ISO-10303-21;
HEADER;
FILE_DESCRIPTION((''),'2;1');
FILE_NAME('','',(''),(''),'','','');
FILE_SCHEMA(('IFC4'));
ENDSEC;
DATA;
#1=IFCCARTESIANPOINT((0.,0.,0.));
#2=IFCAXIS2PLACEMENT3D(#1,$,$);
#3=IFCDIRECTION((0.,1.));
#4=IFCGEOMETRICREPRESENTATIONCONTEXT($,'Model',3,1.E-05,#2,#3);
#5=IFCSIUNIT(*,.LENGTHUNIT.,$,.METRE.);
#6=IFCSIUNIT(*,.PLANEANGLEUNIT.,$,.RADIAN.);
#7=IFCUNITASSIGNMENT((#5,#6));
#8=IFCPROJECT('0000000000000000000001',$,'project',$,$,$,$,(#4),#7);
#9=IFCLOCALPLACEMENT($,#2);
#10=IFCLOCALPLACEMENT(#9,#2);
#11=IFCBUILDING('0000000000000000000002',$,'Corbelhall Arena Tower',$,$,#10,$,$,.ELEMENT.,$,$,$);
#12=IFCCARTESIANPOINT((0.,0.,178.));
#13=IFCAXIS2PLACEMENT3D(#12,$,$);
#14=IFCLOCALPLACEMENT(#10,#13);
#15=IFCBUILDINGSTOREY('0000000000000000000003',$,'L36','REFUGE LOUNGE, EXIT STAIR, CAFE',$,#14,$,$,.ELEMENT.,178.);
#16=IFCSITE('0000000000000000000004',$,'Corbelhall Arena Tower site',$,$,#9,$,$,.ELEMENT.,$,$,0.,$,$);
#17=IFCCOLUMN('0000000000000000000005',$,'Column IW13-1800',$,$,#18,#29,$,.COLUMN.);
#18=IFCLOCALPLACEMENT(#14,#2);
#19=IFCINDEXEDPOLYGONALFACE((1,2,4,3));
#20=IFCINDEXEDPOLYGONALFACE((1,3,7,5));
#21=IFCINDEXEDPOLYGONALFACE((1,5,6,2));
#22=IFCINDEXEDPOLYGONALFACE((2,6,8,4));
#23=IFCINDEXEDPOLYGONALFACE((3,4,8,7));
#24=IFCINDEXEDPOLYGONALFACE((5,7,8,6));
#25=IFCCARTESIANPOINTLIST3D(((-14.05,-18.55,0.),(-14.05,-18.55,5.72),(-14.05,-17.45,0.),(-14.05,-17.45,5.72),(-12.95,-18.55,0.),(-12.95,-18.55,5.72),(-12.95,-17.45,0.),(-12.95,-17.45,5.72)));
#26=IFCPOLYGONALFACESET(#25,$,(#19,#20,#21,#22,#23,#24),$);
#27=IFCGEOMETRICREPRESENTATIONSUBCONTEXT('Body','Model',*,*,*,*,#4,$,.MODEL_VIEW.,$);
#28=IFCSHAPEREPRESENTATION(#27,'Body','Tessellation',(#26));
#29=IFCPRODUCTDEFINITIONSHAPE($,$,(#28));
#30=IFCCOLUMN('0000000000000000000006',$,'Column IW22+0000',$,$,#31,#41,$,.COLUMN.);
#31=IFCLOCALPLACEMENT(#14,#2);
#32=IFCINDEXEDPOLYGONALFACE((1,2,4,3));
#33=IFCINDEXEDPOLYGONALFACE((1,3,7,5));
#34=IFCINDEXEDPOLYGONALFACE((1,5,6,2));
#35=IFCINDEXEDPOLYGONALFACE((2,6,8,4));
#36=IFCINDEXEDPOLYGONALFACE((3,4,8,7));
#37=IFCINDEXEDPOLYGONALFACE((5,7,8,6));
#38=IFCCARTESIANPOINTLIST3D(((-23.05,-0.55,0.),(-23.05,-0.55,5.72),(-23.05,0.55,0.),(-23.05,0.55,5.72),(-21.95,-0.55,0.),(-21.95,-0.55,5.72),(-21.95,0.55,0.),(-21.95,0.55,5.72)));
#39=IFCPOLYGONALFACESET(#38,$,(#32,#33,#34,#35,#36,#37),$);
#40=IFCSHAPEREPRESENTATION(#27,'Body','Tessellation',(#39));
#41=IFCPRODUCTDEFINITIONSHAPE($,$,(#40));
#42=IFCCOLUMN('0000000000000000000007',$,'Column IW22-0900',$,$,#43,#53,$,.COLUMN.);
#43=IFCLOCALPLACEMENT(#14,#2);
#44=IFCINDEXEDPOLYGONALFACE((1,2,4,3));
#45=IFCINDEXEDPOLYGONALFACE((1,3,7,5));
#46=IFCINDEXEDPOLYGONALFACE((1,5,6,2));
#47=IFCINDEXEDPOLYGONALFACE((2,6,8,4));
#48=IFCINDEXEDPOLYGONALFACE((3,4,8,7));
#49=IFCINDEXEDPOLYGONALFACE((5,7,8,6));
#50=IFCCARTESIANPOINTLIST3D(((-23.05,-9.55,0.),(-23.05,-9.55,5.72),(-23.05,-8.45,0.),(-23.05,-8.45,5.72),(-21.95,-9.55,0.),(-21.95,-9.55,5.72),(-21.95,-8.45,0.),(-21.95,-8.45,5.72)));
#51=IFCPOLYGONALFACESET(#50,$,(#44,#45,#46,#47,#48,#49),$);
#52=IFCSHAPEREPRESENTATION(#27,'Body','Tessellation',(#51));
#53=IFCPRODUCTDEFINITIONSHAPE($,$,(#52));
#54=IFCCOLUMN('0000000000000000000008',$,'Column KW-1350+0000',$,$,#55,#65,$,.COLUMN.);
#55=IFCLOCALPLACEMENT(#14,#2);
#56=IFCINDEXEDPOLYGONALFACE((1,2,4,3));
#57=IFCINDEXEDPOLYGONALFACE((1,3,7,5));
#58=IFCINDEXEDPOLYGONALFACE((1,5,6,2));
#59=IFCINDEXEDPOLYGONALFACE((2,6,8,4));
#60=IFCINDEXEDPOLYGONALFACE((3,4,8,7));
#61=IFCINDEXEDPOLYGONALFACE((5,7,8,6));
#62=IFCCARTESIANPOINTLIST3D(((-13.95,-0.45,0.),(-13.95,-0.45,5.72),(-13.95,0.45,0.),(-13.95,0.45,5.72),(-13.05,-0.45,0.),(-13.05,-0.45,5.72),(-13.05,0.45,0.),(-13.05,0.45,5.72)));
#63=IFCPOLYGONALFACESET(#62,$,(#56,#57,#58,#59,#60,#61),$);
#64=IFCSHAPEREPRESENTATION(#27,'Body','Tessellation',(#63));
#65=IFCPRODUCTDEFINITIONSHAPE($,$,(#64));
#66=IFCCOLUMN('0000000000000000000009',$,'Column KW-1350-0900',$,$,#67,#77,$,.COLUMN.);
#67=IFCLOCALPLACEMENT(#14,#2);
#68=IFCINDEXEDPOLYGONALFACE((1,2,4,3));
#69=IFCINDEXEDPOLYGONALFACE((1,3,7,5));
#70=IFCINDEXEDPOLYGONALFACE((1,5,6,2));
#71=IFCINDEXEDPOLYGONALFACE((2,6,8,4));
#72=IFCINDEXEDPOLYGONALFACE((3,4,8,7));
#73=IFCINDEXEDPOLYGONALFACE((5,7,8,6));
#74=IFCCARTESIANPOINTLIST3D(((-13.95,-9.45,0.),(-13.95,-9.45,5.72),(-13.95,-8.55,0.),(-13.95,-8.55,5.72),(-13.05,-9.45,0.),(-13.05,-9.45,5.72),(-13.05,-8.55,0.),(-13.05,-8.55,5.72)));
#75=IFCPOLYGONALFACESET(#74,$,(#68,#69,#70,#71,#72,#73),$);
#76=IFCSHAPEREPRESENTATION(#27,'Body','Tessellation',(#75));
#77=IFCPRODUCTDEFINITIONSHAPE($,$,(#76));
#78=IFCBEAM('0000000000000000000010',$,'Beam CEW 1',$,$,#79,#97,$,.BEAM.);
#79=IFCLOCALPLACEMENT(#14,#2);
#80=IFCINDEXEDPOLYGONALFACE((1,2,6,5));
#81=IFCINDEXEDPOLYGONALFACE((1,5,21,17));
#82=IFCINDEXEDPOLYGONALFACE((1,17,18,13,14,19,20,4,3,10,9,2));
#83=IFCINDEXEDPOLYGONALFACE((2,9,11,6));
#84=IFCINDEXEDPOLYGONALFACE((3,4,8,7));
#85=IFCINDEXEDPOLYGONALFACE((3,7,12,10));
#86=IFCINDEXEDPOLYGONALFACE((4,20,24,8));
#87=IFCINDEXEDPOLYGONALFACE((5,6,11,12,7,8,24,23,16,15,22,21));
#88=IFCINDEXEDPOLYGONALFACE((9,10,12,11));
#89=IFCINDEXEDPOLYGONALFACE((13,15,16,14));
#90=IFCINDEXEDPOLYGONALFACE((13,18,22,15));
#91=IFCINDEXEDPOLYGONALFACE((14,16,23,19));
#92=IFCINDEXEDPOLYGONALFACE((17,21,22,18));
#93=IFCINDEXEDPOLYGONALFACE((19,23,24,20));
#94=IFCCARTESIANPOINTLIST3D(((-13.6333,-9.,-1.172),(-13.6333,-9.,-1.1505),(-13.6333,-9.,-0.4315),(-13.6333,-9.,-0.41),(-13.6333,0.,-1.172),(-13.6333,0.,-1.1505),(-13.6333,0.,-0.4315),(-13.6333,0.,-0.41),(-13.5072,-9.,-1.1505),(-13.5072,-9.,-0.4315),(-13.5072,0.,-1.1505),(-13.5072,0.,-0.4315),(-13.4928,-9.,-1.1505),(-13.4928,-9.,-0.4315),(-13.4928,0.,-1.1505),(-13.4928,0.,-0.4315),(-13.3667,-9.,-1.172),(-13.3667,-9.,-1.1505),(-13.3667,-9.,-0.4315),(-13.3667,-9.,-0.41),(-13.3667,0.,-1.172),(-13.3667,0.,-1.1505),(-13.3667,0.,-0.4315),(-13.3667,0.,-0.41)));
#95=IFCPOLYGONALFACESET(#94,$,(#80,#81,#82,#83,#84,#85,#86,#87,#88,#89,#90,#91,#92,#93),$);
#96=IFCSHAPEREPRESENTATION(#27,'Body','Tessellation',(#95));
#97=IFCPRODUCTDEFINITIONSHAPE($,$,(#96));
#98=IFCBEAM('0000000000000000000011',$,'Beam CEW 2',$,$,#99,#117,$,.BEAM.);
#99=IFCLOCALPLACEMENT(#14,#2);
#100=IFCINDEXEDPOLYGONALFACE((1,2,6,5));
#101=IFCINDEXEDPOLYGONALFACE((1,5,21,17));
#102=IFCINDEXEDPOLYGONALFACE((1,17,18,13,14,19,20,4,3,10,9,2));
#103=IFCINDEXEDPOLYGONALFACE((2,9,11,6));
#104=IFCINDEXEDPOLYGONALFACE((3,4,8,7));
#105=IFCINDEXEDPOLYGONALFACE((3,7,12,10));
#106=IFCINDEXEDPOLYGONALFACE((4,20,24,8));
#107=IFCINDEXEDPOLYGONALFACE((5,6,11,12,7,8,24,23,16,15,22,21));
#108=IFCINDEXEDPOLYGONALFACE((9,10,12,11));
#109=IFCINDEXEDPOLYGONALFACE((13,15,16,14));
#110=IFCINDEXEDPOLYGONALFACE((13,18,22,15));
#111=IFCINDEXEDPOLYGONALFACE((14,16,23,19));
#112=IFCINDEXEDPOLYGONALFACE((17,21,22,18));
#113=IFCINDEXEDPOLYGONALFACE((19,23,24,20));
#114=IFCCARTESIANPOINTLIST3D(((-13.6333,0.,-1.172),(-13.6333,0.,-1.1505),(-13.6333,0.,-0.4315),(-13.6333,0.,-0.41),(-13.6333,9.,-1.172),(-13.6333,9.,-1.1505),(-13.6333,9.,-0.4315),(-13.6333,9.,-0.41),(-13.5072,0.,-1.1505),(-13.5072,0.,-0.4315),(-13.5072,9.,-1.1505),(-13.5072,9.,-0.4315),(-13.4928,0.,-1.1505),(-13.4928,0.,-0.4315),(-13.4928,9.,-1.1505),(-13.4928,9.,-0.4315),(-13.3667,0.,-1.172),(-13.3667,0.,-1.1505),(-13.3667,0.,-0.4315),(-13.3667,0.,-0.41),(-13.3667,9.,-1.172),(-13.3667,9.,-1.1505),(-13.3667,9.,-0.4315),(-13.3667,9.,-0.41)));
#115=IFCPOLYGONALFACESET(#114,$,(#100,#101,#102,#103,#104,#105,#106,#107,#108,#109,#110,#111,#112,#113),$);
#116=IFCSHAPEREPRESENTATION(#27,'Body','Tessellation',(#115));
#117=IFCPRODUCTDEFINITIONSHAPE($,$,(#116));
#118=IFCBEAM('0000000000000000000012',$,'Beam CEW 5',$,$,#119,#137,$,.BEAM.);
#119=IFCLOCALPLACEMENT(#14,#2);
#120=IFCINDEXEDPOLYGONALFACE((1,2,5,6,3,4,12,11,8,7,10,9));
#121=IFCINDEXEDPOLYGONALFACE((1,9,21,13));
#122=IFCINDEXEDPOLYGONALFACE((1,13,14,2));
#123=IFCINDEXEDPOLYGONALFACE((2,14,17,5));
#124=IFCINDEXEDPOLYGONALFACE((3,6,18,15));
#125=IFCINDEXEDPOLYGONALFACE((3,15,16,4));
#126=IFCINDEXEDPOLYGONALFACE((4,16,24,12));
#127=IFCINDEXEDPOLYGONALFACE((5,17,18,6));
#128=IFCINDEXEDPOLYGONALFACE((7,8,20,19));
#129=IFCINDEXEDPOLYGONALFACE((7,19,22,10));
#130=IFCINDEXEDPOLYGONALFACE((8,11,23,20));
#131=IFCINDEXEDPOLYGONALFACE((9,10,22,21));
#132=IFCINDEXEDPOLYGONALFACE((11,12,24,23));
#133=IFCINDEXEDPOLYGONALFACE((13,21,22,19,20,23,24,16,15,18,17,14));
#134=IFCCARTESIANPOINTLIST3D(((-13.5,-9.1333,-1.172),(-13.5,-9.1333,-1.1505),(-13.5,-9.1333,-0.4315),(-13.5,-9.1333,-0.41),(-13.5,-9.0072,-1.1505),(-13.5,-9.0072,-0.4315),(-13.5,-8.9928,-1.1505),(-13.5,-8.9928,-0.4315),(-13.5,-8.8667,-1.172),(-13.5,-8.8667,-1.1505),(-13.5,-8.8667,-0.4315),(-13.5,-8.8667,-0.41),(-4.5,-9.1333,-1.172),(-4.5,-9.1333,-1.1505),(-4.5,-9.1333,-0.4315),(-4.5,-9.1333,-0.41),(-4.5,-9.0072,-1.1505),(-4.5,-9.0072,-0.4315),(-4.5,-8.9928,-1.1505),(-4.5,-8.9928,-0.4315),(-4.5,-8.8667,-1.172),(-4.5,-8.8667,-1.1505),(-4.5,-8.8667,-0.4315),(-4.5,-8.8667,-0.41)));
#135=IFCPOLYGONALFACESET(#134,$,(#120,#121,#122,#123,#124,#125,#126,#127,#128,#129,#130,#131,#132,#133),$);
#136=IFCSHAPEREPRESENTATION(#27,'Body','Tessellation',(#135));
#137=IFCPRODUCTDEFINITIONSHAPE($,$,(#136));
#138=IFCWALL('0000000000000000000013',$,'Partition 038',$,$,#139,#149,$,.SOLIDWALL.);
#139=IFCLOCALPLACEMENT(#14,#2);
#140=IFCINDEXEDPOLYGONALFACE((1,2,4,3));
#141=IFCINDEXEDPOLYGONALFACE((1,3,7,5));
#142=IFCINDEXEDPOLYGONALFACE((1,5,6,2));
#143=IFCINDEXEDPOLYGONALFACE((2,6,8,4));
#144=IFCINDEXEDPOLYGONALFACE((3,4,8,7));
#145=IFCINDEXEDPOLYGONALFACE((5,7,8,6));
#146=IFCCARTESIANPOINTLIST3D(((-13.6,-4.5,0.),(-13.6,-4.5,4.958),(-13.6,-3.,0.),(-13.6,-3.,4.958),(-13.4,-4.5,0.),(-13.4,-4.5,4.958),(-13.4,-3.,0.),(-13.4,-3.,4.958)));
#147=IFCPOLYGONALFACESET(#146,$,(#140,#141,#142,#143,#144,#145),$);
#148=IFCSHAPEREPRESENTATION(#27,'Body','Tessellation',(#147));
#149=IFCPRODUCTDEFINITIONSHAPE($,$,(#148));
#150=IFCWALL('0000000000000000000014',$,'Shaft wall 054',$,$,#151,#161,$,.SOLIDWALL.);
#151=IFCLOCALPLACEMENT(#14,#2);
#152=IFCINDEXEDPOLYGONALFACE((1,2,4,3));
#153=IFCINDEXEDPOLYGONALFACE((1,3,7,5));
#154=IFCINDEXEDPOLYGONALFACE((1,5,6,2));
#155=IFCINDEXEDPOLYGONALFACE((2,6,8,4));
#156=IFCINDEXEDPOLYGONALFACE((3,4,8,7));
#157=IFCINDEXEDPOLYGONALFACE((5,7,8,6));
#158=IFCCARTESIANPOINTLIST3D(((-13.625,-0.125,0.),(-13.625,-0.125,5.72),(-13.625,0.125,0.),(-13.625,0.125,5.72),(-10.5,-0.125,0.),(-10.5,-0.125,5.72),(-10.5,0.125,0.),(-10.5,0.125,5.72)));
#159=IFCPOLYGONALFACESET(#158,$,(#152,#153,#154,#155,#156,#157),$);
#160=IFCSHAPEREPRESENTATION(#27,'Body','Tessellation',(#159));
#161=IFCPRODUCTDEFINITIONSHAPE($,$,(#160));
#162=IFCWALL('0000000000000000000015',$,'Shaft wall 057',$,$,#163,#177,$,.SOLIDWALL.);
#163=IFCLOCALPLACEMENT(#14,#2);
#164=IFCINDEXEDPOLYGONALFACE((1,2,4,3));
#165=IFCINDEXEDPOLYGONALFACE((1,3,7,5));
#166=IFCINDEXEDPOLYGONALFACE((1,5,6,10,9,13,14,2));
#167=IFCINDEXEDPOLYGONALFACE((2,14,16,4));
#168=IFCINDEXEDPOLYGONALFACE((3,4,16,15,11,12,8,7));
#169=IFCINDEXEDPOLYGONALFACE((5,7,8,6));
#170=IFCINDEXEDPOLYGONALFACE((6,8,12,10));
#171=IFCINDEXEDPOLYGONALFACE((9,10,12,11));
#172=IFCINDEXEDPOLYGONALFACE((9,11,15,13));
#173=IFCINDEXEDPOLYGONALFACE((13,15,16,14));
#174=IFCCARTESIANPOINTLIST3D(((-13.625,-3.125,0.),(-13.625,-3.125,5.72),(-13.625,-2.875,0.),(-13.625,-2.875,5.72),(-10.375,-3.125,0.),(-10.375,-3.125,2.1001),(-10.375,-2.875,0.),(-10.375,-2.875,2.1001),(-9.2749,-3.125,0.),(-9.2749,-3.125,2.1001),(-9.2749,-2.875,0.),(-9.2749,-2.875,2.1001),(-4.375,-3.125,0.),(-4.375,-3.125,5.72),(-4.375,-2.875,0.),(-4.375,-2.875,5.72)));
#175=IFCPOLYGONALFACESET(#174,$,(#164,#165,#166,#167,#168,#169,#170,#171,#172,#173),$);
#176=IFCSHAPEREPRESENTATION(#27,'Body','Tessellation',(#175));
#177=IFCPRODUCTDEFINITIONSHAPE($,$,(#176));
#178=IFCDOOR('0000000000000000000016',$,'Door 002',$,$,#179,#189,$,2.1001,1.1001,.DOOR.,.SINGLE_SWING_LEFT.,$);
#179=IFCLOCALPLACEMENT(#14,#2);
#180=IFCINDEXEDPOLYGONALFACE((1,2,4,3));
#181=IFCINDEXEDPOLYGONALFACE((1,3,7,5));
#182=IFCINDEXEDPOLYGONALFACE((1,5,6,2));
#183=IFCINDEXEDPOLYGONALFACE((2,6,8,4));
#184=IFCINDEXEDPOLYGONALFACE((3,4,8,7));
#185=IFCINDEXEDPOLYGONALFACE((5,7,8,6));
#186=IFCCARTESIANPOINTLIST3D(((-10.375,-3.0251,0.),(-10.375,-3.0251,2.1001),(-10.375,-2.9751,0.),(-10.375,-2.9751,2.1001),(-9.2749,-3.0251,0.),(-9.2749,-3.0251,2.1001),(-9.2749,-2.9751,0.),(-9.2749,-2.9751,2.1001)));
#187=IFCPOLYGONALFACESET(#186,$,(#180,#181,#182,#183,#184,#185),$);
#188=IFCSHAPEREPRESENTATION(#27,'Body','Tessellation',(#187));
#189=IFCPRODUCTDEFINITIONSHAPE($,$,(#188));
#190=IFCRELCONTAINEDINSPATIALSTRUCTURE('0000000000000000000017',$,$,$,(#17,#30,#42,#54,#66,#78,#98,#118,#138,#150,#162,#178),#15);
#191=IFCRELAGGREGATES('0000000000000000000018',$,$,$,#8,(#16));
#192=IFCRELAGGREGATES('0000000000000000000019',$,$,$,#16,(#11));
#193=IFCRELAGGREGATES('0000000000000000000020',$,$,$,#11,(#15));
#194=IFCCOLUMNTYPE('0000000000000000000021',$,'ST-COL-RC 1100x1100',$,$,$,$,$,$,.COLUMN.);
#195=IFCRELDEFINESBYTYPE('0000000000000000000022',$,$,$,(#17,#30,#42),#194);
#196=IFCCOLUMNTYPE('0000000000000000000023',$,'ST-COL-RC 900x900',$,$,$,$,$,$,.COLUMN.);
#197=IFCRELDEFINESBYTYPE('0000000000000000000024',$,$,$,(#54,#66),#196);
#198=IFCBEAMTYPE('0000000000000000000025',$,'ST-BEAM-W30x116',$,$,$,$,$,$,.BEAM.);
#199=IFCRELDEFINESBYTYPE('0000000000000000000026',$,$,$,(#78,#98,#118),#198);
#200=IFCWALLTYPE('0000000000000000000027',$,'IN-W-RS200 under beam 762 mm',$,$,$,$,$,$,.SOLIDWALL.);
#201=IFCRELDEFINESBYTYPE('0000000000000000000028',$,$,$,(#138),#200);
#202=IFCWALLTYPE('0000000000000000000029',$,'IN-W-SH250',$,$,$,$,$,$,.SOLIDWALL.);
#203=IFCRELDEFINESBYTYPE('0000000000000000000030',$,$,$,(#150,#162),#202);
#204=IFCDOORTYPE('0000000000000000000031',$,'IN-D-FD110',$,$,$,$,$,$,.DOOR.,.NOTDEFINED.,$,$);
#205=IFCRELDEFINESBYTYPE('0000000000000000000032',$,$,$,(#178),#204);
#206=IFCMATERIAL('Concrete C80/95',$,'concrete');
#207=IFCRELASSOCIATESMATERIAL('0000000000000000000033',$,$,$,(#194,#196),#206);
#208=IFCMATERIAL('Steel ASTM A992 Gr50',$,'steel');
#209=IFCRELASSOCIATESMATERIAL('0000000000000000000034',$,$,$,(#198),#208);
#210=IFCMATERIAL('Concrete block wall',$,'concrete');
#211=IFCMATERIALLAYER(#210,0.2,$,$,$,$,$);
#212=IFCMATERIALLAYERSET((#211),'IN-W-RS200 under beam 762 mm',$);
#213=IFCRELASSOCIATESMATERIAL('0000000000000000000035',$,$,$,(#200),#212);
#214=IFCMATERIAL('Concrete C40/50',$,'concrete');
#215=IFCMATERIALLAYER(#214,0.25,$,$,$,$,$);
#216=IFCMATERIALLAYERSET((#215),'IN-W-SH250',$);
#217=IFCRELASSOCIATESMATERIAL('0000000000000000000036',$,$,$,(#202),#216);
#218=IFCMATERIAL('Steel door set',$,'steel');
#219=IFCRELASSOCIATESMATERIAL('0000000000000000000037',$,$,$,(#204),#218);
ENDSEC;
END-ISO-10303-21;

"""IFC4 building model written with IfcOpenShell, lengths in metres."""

from ifc_helpers import new_model, si_unit, direction, frame, frame_2d, origin, origin_2d, place, context, subcontext, project, spatial, rectangle, i_section, extrude, material, layer, layer_set, material_profile, profile_set, type_object, element, fill, save


model = new_model("IFC4")

# Units and contexts
model_context = context("Model", 3, precision=1e-05, world=origin(), true_north=direction((0.0, 1.0)))
body_context = subcontext(model_context, "Body", "Model", "MODEL_VIEW")
ifc_project = project(units=[si_unit("LENGTHUNIT", "METRE"), si_unit("PLANEANGLEUNIT", "RADIAN")], contexts=[model_context])

# Site, building, storey
site_placement = place(None, origin())
site = spatial("IfcSite", under=ifc_project, at=site_placement, Name="Corbelhall Arena Tower site", CompositionType="ELEMENT", RefElevation=0.0)
building_placement = place(site_placement, origin())
building = spatial("IfcBuilding", under=site, at=building_placement, Name="Corbelhall Arena Tower", CompositionType="ELEMENT")
storey_placement = place(building_placement, frame((0.0, 0.0, 178.0)))
storey = spatial("IfcBuildingStorey", under=building, at=storey_placement, Name="L36", Description="REFUGE LOUNGE, EXIT STAIR, CAFE", CompositionType="ELEMENT", Elevation=178.0)

# Columns
ifc_material_1 = material(Name="Concrete C80/95", Category="concrete")
ifc_material_profile_1 = material_profile(ifc_material_1, rectangle(XDim=1.1001, YDim=1.1001, at=origin_2d()))
ifc_profile_set_1 = profile_set([ifc_material_profile_1], Name="Concrete C80/95")
column_type_1 = type_object("IfcColumnType", Name="ST-COL-RC 1100x1100", PredefinedType="COLUMN", material=ifc_profile_set_1)
for number, where, z_axis, x_axis, name in (
    (1, (-13.5, -18.0, 0.0), (0.0, 0.0, 1.0), (1.0, 0.0, 0.0), "Column IW13-1800"),
    (2, (-22.5, 0.0, 0.0), (0.0, 0.0, 1.0), (1.0, 0.0, 0.0), "Column IW22+0000"),
    (3, (-22.5, -9.0, 0.0), (0.0, 0.0, 1.0), (1.0, 0.0, 0.0), "Column IW22-0900"),
):
    element("IfcColumn", number, at=place(storey_placement, frame(where, z_axis=z_axis, x_axis=x_axis)), inside=storey, type_object=column_type_1, Name=name, PredefinedType="COLUMN", context=body_context, shape_type="SweptSolid", body=[
        extrude(rectangle(XDim=1.1001, YDim=1.1001, at=origin_2d()), origin(), (0.0, 0.0, 1.0), 5.72),
    ])
ifc_material_profile_2 = material_profile(ifc_material_1, rectangle(XDim=0.8999, YDim=0.8999, at=origin_2d()))
ifc_profile_set_2 = profile_set([ifc_material_profile_2], Name="Concrete C80/95")
column_type_2 = type_object("IfcColumnType", Name="ST-COL-RC 900x900", PredefinedType="COLUMN", material=ifc_profile_set_2)
for number, where, z_axis, x_axis, name in (
    (4, (-13.5, 0.0, 0.0), (0.0, 0.0, 1.0), (1.0, 0.0, 0.0), "Column KW-1350+0000"),
    (5, (-13.5, -9.0, 0.0), (0.0, 0.0, 1.0), (1.0, 0.0, 0.0), "Column KW-1350-0900"),
):
    element("IfcColumn", number, at=place(storey_placement, frame(where, z_axis=z_axis, x_axis=x_axis)), inside=storey, type_object=column_type_2, Name=name, PredefinedType="COLUMN", context=body_context, shape_type="SweptSolid", body=[
        extrude(rectangle(XDim=0.8999, YDim=0.8999, at=origin_2d()), origin(), (0.0, 0.0, 1.0), 5.72),
    ])

# Beams
ifc_material_2 = material(Name="Steel ASTM A992 Gr50", Category="steel")
ifc_material_profile_3 = material_profile(ifc_material_2, i_section(OverallWidth=0.2666, OverallDepth=0.762, WebThickness=0.0144, FlangeThickness=0.0215, at=origin_2d()))
ifc_profile_set_3 = profile_set([ifc_material_profile_3], Name="Steel ASTM A992 Gr50")
beam_type = type_object("IfcBeamType", Name="ST-BEAM-W30x116", PredefinedType="BEAM", material=ifc_profile_set_3)
for number, where, z_axis, x_axis, name in (
    (6, (-13.5, -9.0, -0.791), (0.0, 1.0, 0.0), (-1.0, 0.0, 0.0), "Beam CEW 1"),
    (7, (-13.5, 0.0, -0.791), (0.0, 1.0, 0.0), (-1.0, 0.0, 0.0), "Beam CEW 2"),
    (8, (-13.5, -9.0, -0.791), (1.0, 0.0, 0.0), (0.0, 1.0, 0.0), "Beam CEW 5"),
):
    element("IfcBeam", number, at=place(storey_placement, frame(where, z_axis=z_axis, x_axis=x_axis)), inside=storey, type_object=beam_type, Name=name, PredefinedType="BEAM", context=body_context, shape_type="SweptSolid", body=[
        extrude(i_section(OverallWidth=0.2666, OverallDepth=0.762, WebThickness=0.0144, FlangeThickness=0.0215, at=origin_2d()), origin(), (0.0, 0.0, 1.0), 9.0),
    ])

# Shared definitions
ifc_material_3 = material(Name="Steel door set", Category="steel")

# Walls
ifc_material_4 = material(Name="Concrete block wall", Category="concrete")
ifc_layer_1 = layer(ifc_material_4, 0.2)
ifc_layer_set_1 = layer_set([ifc_layer_1], Name="IN-W-RS200 under beam 762 mm")
wall_type_1 = type_object("IfcWallType", Name="IN-W-RS200 under beam 762 mm", PredefinedType="SOLIDWALL", material=ifc_layer_set_1)
wall_1_placement = place(storey_placement, frame((-13.5, -4.5, 0.0), z_axis=(0.0, 0.0, 1.0), x_axis=(0.0, 1.0, 0.0)))
element("IfcWall", 9, at=wall_1_placement, inside=storey, type_object=wall_type_1, Name="Partition 038", PredefinedType="SOLIDWALL", context=body_context, shape_type="SweptSolid", body=[
    extrude(rectangle(XDim=1.5, YDim=0.2, at=frame_2d((0.75, 0.0))), origin(), (0.0, 0.0, 1.0), 4.958),
])
ifc_material_5 = material(Name="Concrete C40/50", Category="concrete")
ifc_layer_2 = layer(ifc_material_5, 0.25)
ifc_layer_set_2 = layer_set([ifc_layer_2], Name="IN-W-SH250")
wall_type_2 = type_object("IfcWallType", Name="IN-W-SH250", PredefinedType="SOLIDWALL", material=ifc_layer_set_2)
wall_2_placement = place(storey_placement, frame((-13.625, 0.0, 0.0), z_axis=(0.0, 0.0, 1.0), x_axis=(1.0, 0.0, 0.0)))
element("IfcWall", 10, at=wall_2_placement, inside=storey, type_object=wall_type_2, Name="Shaft wall 054", PredefinedType="SOLIDWALL", context=body_context, shape_type="SweptSolid", body=[
    extrude(rectangle(XDim=3.125, YDim=0.25, at=frame_2d((1.5625, 0.0))), origin(), (0.0, 0.0, 1.0), 5.72),
])

# Wall, opening, door
wall_3_placement = place(storey_placement, frame((-13.625, -3.0, 0.0), z_axis=(0.0, 0.0, 1.0), x_axis=(1.0, 0.0, 0.0)))
wall_3 = element("IfcWall", 11, at=wall_3_placement, inside=storey, type_object=wall_type_2, Name="Shaft wall 057", PredefinedType="SOLIDWALL", context=body_context, shape_type="SweptSolid", body=[
    extrude(rectangle(XDim=9.25, YDim=0.25, at=frame_2d((4.625, 0.0))), origin(), (0.0, 0.0, 1.0), 5.72),
])
opening_1_placement = place(wall_3_placement, frame((3.25, 0.0, 0.0)))
opening_1 = element("IfcOpeningElement", 12, at=opening_1_placement, cuts=wall_3, PredefinedType="OPENING", context=body_context, shape_type="SweptSolid", body=[
    extrude(rectangle(XDim=1.1001, YDim=2.1001, at=frame_2d((0.55, 1.05))), frame((0.0, 0.125, 0.0), z_axis=(0.0, -1.0, 0.0), x_axis=(1.0, 0.0, 0.0)), (0.0, 0.0, 1.0), 0.25),
])
door_type_1 = type_object("IfcDoorType", Name="IN-D-FD110", OperationType="NOTDEFINED", PredefinedType="DOOR", material=ifc_material_3)
door_1_placement = place(opening_1_placement, origin())
door_1 = element("IfcDoor", 13, at=door_1_placement, inside=storey, type_object=door_type_1, Name="Door 002", OperationType="SINGLE_SWING_LEFT", OverallHeight=2.1001, OverallWidth=1.1001, PredefinedType="DOOR", context=body_context, shape_type="SweptSolid", body=[
    extrude(rectangle(XDim=1.1001, YDim=2.1001, at=frame_2d((0.55, 1.05))), frame((0.0, 0.0249, 0.0), z_axis=(0.0, -1.0, 0.0), x_axis=(1.0, 0.0, 0.0)), (0.0, 0.0, 1.0), 0.05),
])
fill(opening_1, door_1)

save(model, "model.ifc")
